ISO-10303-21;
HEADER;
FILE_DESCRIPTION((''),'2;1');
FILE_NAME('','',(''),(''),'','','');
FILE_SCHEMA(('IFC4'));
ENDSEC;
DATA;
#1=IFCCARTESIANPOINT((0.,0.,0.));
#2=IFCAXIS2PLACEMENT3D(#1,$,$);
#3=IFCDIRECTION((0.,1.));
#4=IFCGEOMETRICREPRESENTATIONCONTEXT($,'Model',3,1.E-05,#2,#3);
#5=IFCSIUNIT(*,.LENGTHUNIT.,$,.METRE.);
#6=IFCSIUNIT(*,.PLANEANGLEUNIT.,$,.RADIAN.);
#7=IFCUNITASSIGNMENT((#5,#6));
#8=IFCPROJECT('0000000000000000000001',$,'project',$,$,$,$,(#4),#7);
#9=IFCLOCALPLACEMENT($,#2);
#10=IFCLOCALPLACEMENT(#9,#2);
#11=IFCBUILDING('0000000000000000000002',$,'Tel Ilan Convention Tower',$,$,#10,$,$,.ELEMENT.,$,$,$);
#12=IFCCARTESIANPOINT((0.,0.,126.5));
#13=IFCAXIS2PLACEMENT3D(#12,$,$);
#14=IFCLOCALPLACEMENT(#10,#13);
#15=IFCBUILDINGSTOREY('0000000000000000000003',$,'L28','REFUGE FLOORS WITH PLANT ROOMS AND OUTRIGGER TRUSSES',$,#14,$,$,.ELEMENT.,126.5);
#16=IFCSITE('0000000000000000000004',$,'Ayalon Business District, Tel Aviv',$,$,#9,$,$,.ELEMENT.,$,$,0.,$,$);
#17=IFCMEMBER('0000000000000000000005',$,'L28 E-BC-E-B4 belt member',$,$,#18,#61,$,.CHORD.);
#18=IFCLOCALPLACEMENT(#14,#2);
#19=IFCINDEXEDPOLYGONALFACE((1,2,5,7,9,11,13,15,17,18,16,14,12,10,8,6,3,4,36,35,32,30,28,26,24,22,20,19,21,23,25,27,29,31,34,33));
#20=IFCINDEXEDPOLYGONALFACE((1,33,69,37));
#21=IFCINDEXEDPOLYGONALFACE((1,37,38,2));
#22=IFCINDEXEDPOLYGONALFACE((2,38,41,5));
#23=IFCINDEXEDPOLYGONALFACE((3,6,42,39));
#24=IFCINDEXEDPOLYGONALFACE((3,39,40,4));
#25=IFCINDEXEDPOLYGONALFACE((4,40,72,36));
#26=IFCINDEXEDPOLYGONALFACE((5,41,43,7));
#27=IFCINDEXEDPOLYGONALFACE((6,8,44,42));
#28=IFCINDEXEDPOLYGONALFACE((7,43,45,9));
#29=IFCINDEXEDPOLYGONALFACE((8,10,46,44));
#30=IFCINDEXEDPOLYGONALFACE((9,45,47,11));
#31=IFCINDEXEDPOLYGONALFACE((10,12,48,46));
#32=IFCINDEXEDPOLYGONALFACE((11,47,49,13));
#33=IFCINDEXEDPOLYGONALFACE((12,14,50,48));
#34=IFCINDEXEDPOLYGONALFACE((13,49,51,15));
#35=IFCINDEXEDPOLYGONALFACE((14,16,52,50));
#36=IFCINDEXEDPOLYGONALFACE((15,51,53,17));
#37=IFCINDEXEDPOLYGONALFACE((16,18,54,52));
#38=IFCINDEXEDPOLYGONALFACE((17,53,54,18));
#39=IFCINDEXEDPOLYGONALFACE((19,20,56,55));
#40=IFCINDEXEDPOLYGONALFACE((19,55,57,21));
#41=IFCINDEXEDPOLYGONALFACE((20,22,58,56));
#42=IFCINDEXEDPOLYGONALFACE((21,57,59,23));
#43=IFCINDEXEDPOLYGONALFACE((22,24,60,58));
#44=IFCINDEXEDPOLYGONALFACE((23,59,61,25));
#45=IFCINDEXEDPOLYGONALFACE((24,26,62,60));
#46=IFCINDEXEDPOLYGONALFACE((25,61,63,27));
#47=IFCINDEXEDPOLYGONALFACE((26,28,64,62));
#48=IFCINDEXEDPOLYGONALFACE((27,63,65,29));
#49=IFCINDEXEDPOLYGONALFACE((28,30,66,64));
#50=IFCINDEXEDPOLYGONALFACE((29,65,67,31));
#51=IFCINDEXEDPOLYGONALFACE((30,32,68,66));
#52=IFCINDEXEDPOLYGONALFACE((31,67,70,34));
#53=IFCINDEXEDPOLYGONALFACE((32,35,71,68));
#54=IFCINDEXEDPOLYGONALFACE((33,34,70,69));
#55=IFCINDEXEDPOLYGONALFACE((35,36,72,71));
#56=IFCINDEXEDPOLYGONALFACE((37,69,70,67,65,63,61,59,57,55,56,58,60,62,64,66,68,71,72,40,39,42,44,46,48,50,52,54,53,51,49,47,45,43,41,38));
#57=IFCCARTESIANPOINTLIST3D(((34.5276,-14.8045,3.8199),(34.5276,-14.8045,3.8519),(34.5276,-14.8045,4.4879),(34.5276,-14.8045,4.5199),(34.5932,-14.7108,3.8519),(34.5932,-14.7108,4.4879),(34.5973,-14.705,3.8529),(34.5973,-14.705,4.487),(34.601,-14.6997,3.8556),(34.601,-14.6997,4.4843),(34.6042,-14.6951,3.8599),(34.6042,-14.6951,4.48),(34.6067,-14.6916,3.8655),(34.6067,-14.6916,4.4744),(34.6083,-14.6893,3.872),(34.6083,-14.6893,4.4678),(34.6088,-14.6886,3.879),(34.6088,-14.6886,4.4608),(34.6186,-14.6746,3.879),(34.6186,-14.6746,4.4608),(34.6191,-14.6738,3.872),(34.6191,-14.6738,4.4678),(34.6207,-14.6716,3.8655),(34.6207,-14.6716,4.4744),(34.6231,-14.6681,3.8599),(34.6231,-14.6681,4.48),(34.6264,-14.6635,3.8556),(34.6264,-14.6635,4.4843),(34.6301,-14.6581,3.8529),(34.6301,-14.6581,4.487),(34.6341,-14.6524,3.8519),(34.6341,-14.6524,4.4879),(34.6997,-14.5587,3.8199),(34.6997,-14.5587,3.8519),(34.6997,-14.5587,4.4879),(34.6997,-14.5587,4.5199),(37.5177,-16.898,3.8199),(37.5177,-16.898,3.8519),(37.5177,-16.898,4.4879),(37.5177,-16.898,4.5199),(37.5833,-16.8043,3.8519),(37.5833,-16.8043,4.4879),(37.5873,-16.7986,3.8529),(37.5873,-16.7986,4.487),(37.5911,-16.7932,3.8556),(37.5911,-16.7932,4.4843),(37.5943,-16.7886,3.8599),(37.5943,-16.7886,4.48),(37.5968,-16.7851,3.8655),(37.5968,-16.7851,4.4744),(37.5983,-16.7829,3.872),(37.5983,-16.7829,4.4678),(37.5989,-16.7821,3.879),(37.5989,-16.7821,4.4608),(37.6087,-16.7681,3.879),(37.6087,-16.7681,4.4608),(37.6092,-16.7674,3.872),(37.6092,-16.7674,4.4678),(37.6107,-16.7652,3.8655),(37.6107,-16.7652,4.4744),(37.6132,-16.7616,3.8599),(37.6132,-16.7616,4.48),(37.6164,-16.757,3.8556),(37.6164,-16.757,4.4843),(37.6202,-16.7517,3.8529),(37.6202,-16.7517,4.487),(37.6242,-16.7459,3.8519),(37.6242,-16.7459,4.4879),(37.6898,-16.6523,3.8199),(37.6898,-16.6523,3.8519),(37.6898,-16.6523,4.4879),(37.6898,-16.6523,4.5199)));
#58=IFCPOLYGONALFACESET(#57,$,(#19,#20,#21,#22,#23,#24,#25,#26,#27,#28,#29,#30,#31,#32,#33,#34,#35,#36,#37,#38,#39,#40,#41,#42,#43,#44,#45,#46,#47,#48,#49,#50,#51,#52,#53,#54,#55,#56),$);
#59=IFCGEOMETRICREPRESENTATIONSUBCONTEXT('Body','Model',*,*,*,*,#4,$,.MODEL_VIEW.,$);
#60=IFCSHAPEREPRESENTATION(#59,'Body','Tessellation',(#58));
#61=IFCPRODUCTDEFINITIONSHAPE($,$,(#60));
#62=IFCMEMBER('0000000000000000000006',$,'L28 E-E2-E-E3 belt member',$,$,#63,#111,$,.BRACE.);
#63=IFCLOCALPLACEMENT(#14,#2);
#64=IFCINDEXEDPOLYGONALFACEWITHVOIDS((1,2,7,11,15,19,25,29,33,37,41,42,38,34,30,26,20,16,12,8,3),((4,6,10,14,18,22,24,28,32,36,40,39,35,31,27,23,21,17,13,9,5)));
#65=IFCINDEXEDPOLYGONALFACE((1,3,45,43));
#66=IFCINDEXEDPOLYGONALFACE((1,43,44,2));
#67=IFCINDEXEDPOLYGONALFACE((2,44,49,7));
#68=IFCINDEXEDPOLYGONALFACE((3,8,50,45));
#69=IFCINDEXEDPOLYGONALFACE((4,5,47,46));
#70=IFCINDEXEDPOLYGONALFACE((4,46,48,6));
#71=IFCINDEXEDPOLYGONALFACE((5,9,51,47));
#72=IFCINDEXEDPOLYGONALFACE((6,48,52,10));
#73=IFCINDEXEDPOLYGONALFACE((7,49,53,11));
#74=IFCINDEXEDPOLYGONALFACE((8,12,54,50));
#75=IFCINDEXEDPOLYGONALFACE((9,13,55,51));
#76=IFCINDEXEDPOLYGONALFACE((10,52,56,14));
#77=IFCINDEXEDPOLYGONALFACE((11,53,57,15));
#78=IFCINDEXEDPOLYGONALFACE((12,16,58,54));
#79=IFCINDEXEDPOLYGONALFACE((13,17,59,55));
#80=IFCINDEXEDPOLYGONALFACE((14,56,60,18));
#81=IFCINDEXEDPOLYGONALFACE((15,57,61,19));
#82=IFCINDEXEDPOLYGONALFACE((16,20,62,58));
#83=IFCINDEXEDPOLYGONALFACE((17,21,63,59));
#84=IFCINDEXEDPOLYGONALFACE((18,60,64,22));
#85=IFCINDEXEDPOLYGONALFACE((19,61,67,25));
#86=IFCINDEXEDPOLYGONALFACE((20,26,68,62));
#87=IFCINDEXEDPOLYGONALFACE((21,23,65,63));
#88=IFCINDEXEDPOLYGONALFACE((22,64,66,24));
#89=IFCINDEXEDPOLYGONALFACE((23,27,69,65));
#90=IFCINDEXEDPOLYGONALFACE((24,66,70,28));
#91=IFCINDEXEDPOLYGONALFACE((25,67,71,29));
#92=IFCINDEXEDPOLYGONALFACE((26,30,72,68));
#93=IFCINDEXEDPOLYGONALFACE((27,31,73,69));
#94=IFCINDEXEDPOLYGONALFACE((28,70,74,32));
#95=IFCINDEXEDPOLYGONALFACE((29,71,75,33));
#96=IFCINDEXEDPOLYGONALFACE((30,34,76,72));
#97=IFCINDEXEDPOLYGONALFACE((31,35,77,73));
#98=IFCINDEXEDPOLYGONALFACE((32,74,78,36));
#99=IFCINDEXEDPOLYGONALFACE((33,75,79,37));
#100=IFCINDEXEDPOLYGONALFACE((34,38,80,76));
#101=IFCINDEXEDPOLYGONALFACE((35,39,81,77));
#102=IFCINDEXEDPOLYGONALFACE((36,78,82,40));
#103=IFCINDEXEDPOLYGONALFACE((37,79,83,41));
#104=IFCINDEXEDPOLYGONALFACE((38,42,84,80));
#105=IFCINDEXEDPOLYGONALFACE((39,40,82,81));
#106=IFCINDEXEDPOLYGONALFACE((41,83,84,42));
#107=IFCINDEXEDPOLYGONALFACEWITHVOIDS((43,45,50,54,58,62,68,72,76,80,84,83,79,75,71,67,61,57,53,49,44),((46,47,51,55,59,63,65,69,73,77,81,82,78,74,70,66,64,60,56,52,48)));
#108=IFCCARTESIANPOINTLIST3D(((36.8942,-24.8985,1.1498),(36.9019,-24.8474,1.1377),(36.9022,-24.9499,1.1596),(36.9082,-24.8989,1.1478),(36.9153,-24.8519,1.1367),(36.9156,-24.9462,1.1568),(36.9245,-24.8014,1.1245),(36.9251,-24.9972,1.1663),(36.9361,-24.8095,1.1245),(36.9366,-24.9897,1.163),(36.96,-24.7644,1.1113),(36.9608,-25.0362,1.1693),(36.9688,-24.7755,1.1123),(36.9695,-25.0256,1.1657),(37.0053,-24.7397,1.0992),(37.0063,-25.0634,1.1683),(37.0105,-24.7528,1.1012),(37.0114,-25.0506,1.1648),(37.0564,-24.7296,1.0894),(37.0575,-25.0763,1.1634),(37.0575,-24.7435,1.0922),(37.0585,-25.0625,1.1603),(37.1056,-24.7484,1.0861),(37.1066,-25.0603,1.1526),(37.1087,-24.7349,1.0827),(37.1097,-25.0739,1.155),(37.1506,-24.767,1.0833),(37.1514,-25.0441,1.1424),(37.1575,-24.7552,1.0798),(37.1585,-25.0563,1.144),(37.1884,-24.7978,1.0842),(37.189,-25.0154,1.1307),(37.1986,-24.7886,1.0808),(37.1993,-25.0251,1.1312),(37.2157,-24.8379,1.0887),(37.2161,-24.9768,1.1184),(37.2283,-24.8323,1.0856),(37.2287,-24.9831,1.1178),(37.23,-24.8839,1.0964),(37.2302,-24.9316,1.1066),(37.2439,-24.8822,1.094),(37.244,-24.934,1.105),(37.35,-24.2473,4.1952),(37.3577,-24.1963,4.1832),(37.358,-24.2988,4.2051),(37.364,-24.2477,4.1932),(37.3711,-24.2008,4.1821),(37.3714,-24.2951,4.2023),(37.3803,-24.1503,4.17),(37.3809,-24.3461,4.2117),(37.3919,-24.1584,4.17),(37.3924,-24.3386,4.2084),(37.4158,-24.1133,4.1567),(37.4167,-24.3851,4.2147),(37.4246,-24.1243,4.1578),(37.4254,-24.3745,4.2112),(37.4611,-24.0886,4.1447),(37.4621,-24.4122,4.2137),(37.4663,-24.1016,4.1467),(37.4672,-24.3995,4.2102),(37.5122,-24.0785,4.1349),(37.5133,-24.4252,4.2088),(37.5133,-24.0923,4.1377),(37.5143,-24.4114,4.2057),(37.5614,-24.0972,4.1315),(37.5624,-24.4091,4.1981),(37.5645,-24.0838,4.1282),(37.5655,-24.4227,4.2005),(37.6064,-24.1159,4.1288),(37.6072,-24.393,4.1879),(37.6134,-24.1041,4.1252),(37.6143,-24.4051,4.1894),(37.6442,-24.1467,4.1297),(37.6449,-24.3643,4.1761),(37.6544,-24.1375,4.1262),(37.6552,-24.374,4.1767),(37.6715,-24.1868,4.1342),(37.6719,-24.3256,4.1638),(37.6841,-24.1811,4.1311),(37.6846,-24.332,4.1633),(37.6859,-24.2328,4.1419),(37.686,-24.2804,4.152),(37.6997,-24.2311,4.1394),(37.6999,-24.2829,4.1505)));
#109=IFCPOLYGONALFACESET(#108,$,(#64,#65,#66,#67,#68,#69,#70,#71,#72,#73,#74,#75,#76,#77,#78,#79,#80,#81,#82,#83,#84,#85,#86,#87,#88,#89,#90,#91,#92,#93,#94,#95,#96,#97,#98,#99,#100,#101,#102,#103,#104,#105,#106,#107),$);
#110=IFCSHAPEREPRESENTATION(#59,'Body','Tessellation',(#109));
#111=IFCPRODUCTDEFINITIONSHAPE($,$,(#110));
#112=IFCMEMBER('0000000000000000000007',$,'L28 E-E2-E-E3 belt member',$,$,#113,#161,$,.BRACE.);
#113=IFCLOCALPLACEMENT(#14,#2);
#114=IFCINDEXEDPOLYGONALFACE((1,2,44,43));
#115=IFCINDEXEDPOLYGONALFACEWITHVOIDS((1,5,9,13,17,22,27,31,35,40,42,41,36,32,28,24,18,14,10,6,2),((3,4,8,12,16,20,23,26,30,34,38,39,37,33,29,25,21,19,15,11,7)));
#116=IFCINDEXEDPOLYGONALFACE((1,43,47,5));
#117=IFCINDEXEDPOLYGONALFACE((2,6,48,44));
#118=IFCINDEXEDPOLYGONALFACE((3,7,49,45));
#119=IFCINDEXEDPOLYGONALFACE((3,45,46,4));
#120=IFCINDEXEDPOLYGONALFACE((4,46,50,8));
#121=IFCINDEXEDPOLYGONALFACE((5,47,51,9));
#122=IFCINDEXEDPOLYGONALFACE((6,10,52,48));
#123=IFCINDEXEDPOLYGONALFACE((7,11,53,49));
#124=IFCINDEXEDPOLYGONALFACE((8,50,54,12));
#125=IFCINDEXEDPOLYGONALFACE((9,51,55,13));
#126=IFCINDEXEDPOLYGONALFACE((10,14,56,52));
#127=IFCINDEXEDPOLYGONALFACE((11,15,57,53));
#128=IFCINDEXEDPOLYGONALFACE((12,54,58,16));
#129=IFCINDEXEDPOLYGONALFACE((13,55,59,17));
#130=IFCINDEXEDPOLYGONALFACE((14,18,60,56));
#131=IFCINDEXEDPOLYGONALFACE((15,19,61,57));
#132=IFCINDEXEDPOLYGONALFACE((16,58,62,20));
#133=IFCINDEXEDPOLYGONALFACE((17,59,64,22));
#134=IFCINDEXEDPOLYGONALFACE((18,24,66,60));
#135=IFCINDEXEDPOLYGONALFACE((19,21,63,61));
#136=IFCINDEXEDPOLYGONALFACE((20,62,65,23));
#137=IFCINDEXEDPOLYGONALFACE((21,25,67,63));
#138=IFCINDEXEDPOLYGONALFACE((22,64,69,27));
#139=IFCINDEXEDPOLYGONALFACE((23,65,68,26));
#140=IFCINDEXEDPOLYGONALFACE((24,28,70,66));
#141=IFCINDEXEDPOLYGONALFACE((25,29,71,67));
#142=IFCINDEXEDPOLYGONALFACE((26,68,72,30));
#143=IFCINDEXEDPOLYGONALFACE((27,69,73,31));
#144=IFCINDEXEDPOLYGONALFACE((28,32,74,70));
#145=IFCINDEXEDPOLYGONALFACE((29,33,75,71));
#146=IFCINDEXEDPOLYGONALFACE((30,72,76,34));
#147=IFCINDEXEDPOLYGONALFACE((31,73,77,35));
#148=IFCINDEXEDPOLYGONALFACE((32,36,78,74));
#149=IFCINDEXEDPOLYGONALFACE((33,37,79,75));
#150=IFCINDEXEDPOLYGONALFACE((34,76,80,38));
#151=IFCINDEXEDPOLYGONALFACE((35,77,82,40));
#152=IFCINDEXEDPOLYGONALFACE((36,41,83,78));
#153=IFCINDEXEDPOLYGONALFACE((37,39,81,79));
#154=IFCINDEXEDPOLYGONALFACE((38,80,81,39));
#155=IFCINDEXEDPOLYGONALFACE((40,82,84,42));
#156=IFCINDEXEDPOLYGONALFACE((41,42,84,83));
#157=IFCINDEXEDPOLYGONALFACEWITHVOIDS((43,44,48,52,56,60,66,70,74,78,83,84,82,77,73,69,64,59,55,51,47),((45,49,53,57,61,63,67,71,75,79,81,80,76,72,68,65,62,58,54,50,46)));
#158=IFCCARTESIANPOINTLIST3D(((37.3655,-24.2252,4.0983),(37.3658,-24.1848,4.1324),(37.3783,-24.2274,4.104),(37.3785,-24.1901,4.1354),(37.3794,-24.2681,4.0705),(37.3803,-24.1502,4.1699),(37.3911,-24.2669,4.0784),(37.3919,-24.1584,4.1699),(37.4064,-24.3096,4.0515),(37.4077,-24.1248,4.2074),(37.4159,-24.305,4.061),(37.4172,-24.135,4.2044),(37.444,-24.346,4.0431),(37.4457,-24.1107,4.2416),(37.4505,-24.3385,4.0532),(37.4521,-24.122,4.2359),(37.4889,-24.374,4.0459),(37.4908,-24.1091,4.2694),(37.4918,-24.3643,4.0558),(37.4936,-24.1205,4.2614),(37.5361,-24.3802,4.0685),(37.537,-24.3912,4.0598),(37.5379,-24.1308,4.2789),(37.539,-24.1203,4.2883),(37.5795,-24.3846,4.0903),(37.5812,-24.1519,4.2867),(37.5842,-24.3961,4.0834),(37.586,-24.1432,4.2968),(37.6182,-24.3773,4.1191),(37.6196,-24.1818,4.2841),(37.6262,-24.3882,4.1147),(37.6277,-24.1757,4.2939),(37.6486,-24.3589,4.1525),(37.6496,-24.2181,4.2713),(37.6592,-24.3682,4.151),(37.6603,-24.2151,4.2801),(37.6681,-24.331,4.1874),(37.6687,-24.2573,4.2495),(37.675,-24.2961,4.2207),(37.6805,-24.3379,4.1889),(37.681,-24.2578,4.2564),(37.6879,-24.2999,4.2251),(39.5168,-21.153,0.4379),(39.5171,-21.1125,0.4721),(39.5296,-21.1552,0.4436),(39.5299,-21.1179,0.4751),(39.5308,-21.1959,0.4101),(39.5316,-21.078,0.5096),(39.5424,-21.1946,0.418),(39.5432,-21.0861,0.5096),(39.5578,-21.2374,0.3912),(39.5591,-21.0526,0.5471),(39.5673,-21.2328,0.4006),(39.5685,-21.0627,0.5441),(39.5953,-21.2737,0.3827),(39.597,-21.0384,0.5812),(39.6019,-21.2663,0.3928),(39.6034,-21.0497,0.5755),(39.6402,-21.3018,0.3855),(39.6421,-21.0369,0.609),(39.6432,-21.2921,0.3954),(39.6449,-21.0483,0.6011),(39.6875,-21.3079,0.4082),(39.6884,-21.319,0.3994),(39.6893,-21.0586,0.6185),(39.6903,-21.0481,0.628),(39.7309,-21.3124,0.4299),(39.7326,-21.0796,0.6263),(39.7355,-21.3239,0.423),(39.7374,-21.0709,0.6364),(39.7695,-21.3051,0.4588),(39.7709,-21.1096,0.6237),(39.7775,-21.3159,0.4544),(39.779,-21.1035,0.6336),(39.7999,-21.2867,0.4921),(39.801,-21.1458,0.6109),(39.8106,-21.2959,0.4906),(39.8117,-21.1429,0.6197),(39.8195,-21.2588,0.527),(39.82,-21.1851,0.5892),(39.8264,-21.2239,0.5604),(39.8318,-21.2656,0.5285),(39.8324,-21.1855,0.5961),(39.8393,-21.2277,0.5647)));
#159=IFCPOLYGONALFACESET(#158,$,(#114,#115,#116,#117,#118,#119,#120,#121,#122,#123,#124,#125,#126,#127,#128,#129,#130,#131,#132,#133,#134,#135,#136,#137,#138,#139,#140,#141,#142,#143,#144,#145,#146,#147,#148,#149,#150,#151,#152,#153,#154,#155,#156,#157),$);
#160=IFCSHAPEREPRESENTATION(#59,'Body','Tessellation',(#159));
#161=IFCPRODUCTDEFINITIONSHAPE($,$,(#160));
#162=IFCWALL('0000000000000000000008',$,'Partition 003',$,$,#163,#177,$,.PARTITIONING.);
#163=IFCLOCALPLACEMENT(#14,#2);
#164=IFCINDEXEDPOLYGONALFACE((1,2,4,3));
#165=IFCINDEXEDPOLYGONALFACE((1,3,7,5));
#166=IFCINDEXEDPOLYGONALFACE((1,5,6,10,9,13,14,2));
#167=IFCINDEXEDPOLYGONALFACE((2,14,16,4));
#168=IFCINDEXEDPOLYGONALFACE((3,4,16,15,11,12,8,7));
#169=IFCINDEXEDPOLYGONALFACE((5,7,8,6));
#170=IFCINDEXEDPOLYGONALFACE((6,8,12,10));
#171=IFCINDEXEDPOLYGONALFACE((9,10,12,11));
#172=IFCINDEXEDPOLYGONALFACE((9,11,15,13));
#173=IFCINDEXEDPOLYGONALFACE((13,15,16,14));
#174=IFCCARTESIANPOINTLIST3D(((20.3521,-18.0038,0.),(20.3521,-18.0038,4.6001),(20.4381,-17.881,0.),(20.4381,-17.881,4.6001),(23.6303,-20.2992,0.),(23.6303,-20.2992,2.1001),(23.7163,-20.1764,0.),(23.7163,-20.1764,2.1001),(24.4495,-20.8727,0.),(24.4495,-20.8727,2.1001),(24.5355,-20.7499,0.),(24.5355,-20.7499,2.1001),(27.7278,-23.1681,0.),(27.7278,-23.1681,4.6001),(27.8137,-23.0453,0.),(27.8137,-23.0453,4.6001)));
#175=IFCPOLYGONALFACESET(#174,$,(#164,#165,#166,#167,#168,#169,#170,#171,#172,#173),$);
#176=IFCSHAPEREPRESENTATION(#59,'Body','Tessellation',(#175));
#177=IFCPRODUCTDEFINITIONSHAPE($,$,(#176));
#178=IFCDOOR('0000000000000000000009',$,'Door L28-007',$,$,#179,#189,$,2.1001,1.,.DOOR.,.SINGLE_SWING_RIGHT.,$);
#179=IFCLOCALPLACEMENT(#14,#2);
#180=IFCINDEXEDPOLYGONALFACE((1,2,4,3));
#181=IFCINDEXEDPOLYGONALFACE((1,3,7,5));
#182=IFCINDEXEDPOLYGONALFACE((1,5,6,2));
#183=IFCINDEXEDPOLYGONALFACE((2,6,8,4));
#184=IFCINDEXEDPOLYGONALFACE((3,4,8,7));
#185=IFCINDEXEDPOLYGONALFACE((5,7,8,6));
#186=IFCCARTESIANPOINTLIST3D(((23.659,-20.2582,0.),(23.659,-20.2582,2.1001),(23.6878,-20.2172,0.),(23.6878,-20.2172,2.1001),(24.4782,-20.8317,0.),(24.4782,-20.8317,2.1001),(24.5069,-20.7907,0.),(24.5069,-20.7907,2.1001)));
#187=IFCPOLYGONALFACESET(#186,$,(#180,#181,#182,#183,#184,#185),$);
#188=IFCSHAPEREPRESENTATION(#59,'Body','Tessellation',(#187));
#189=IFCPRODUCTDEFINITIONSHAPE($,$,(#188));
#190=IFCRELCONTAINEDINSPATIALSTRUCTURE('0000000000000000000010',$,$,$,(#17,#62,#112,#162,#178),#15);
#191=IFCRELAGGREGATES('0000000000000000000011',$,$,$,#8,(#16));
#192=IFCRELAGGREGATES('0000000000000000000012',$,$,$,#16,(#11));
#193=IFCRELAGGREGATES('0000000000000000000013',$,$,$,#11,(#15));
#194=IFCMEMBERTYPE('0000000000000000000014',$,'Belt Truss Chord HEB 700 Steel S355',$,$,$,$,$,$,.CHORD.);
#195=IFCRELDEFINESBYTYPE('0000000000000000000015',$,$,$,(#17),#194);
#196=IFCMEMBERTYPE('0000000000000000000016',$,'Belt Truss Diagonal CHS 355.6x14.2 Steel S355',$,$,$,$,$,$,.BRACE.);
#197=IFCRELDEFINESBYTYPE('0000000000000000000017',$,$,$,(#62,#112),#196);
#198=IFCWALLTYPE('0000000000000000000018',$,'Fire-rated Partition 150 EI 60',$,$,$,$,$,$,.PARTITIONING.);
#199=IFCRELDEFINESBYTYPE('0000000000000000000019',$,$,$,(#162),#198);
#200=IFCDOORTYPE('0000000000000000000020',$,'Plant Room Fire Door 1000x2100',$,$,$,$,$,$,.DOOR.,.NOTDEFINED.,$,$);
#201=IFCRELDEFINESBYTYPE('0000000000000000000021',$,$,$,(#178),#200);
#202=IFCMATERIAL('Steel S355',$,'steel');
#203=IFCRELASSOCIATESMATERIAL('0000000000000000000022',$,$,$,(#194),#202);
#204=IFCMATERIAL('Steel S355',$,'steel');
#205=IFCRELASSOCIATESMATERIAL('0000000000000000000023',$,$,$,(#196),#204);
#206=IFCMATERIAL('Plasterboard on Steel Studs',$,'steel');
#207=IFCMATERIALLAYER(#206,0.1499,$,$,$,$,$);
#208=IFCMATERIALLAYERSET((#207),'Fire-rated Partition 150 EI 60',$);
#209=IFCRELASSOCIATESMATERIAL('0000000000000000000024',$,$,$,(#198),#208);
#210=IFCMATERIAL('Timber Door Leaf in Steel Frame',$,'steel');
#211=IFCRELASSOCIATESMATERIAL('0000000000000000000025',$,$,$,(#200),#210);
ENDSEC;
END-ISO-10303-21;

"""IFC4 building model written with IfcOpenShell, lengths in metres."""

from ifc_helpers import new_model, si_unit, direction, frame, frame_2d, origin, origin_2d, place, context, subcontext, project, spatial, rectangle, hollow_circle, i_section, extrude, material, layer, layer_set, material_profile, profile_set, type_object, element, fill, save


model = new_model("IFC4")

# Units and contexts
model_context = context("Model", 3, precision=1e-05, world=origin(), true_north=direction((0.0, 1.0)))
body_context = subcontext(model_context, "Body", "Model", "MODEL_VIEW")
ifc_project = project(units=[si_unit("LENGTHUNIT", "METRE"), si_unit("PLANEANGLEUNIT", "RADIAN")], contexts=[model_context])

# Site, building, storey
site_placement = place(None, origin())
site = spatial("IfcSite", under=ifc_project, at=site_placement, Name="Ayalon Business District, Tel Aviv", CompositionType="ELEMENT", RefElevation=0.0)
building_placement = place(site_placement, origin())
building = spatial("IfcBuilding", under=site, at=building_placement, Name="Tel Ilan Convention Tower", CompositionType="ELEMENT")
storey_placement = place(building_placement, frame((0.0, 0.0, 126.5)))
storey = spatial("IfcBuildingStorey", under=building, at=storey_placement, Name="L28", Description="REFUGE FLOORS WITH PLANT ROOMS AND OUTRIGGER TRUSSES", CompositionType="ELEMENT", Elevation=126.5)

# Members
ifc_material_1 = material(Name="Steel S355", Category="steel")
ifc_material_profile_1 = material_profile(ifc_material_1, i_section(OverallWidth=0.3, OverallDepth=0.7, WebThickness=0.0171, FlangeThickness=0.032, FilletRadius=0.0271, at=origin_2d()), Name="HEB 700")
ifc_profile_set_1 = profile_set([ifc_material_profile_1], Name="Steel S355")
member_type_1 = type_object("IfcMemberType", Name="Belt Truss Chord HEB 700 Steel S355", PredefinedType="CHORD", material=ifc_profile_set_1)
member_1_placement = place(storey_placement, frame((37.6038, -16.7751, 4.1699), z_axis=(-0.819166, 0.573557, 0.0), x_axis=(-0.573557, -0.819166, 0.0)))
element("IfcMember", 1, at=member_1_placement, inside=storey, type_object=member_type_1, Name="L28 E-BC-E-B4 belt member", PredefinedType="CHORD", context=body_context, shape_type="SweptSolid", body=[
    extrude(i_section(OverallWidth=0.3, OverallDepth=0.7, WebThickness=0.0171, FlangeThickness=0.032, FilletRadius=0.0271, at=origin_2d()), origin(), (0.0, 0.0, 1.0), 3.6501),
])
ifc_material_2 = material(Name="Steel S355", Category="steel")
ifc_material_profile_2 = material_profile(ifc_material_2, hollow_circle(Radius=0.1777, WallThickness=0.0142, at=origin_2d()), Name="CHS 355.6x14.2")
ifc_profile_set_2 = profile_set([ifc_material_profile_2], Name="Steel S355")
member_type_2 = type_object("IfcMemberType", Name="Belt Truss Diagonal CHS 355.6x14.2 Steel S355", PredefinedType="BRACE", material=ifc_profile_set_2)
member_2_placement = place(storey_placement, frame((37.0701, -24.9033, 1.1245), z_axis=(0.14482, 0.206875, 0.96759), x_axis=(-0.819217, 0.573483, 0.0)))
element("IfcMember", 2, at=member_2_placement, inside=storey, type_object=member_type_2, Name="L28 E-E2-E-E3 belt member", PredefinedType="BRACE", context=body_context, shape_type="SweptSolid", body=[
    extrude(hollow_circle(Radius=0.1777, WallThickness=0.0142, at=origin_2d()), origin(), (0.0, 0.0, 1.0), 3.1475),
])
member_3_placement = place(storey_placement, frame((37.5259, -24.2522, 4.1699), z_axis=(0.410506, 0.586223, -0.698446), x_axis=(-0.819134, 0.573602, 0.0)))
element("IfcMember", 3, at=member_3_placement, inside=storey, type_object=member_type_2, Name="L28 E-E2-E-E3 belt member", PredefinedType="BRACE", context=body_context, shape_type="SweptSolid", body=[
    extrude(hollow_circle(Radius=0.1777, WallThickness=0.0142, at=origin_2d()), origin(), (0.0, 0.0, 1.0), 5.2407),
])

# Wall, opening, door
ifc_material_3 = material(Name="Plasterboard on Steel Studs", Category="steel")
ifc_layer_1 = layer(ifc_material_3, 0.1499)
ifc_layer_set_1 = layer_set([ifc_layer_1], Name="Fire-rated Partition 150 EI 60")
wall_type = type_object("IfcWallType", Name="Fire-rated Partition 150 EI 60", PredefinedType="PARTITIONING", material=ifc_layer_set_1)
wall_1_placement = place(storey_placement, frame((27.7708, -23.1067, 0.0), z_axis=(0.0, 0.0, 1.0), x_axis=(-0.819164, 0.573559, 0.0)))
wall_1 = element("IfcWall", 4, at=wall_1_placement, inside=storey, type_object=wall_type, Name="Partition 003", PredefinedType="PARTITIONING", context=body_context, shape_type="SweptSolid", body=[
    extrude(rectangle(XDim=9.0039, YDim=0.1499, at=frame_2d((4.502, 0.0))), origin(), (0.0, 0.0, 1.0), 4.6001),
])
opening_placement = place(wall_1_placement, frame((4.002, 0.0, 0.0)))
opening = element("IfcOpeningElement", 5, at=opening_placement, cuts=wall_1, PredefinedType="OPENING", context=body_context, shape_type="SweptSolid", body=[
    extrude(rectangle(XDim=1.0, YDim=2.1001, at=frame_2d((0.5, 1.05))), frame((0.0, 0.085, 0.0), z_axis=(0.0, -1.0, 0.0), x_axis=(1.0, 0.0, 0.0)), (0.0, 0.0, 1.0), 0.1699),
])
ifc_material_4 = material(Name="Timber Door Leaf in Steel Frame", Category="steel")
door_type = type_object("IfcDoorType", Name="Plant Room Fire Door 1000x2100", OperationType="NOTDEFINED", PredefinedType="DOOR", material=ifc_material_4)
door_placement = place(opening_placement, origin())
door = element("IfcDoor", 6, at=door_placement, inside=storey, type_object=door_type, Name="Door L28-007", OperationType="SINGLE_SWING_RIGHT", OverallHeight=2.1001, OverallWidth=1.0, PredefinedType="DOOR", context=body_context, shape_type="SweptSolid", body=[
    extrude(rectangle(XDim=1.0, YDim=2.1001, at=frame_2d((0.5, 1.05))), frame((0.0, 0.0249, 0.0), z_axis=(0.0, -1.0, 0.0), x_axis=(1.0, 0.0, 0.0)), (0.0, 0.0, 1.0), 0.05),
])
fill(opening, door)

save(model, "model.ifc")
